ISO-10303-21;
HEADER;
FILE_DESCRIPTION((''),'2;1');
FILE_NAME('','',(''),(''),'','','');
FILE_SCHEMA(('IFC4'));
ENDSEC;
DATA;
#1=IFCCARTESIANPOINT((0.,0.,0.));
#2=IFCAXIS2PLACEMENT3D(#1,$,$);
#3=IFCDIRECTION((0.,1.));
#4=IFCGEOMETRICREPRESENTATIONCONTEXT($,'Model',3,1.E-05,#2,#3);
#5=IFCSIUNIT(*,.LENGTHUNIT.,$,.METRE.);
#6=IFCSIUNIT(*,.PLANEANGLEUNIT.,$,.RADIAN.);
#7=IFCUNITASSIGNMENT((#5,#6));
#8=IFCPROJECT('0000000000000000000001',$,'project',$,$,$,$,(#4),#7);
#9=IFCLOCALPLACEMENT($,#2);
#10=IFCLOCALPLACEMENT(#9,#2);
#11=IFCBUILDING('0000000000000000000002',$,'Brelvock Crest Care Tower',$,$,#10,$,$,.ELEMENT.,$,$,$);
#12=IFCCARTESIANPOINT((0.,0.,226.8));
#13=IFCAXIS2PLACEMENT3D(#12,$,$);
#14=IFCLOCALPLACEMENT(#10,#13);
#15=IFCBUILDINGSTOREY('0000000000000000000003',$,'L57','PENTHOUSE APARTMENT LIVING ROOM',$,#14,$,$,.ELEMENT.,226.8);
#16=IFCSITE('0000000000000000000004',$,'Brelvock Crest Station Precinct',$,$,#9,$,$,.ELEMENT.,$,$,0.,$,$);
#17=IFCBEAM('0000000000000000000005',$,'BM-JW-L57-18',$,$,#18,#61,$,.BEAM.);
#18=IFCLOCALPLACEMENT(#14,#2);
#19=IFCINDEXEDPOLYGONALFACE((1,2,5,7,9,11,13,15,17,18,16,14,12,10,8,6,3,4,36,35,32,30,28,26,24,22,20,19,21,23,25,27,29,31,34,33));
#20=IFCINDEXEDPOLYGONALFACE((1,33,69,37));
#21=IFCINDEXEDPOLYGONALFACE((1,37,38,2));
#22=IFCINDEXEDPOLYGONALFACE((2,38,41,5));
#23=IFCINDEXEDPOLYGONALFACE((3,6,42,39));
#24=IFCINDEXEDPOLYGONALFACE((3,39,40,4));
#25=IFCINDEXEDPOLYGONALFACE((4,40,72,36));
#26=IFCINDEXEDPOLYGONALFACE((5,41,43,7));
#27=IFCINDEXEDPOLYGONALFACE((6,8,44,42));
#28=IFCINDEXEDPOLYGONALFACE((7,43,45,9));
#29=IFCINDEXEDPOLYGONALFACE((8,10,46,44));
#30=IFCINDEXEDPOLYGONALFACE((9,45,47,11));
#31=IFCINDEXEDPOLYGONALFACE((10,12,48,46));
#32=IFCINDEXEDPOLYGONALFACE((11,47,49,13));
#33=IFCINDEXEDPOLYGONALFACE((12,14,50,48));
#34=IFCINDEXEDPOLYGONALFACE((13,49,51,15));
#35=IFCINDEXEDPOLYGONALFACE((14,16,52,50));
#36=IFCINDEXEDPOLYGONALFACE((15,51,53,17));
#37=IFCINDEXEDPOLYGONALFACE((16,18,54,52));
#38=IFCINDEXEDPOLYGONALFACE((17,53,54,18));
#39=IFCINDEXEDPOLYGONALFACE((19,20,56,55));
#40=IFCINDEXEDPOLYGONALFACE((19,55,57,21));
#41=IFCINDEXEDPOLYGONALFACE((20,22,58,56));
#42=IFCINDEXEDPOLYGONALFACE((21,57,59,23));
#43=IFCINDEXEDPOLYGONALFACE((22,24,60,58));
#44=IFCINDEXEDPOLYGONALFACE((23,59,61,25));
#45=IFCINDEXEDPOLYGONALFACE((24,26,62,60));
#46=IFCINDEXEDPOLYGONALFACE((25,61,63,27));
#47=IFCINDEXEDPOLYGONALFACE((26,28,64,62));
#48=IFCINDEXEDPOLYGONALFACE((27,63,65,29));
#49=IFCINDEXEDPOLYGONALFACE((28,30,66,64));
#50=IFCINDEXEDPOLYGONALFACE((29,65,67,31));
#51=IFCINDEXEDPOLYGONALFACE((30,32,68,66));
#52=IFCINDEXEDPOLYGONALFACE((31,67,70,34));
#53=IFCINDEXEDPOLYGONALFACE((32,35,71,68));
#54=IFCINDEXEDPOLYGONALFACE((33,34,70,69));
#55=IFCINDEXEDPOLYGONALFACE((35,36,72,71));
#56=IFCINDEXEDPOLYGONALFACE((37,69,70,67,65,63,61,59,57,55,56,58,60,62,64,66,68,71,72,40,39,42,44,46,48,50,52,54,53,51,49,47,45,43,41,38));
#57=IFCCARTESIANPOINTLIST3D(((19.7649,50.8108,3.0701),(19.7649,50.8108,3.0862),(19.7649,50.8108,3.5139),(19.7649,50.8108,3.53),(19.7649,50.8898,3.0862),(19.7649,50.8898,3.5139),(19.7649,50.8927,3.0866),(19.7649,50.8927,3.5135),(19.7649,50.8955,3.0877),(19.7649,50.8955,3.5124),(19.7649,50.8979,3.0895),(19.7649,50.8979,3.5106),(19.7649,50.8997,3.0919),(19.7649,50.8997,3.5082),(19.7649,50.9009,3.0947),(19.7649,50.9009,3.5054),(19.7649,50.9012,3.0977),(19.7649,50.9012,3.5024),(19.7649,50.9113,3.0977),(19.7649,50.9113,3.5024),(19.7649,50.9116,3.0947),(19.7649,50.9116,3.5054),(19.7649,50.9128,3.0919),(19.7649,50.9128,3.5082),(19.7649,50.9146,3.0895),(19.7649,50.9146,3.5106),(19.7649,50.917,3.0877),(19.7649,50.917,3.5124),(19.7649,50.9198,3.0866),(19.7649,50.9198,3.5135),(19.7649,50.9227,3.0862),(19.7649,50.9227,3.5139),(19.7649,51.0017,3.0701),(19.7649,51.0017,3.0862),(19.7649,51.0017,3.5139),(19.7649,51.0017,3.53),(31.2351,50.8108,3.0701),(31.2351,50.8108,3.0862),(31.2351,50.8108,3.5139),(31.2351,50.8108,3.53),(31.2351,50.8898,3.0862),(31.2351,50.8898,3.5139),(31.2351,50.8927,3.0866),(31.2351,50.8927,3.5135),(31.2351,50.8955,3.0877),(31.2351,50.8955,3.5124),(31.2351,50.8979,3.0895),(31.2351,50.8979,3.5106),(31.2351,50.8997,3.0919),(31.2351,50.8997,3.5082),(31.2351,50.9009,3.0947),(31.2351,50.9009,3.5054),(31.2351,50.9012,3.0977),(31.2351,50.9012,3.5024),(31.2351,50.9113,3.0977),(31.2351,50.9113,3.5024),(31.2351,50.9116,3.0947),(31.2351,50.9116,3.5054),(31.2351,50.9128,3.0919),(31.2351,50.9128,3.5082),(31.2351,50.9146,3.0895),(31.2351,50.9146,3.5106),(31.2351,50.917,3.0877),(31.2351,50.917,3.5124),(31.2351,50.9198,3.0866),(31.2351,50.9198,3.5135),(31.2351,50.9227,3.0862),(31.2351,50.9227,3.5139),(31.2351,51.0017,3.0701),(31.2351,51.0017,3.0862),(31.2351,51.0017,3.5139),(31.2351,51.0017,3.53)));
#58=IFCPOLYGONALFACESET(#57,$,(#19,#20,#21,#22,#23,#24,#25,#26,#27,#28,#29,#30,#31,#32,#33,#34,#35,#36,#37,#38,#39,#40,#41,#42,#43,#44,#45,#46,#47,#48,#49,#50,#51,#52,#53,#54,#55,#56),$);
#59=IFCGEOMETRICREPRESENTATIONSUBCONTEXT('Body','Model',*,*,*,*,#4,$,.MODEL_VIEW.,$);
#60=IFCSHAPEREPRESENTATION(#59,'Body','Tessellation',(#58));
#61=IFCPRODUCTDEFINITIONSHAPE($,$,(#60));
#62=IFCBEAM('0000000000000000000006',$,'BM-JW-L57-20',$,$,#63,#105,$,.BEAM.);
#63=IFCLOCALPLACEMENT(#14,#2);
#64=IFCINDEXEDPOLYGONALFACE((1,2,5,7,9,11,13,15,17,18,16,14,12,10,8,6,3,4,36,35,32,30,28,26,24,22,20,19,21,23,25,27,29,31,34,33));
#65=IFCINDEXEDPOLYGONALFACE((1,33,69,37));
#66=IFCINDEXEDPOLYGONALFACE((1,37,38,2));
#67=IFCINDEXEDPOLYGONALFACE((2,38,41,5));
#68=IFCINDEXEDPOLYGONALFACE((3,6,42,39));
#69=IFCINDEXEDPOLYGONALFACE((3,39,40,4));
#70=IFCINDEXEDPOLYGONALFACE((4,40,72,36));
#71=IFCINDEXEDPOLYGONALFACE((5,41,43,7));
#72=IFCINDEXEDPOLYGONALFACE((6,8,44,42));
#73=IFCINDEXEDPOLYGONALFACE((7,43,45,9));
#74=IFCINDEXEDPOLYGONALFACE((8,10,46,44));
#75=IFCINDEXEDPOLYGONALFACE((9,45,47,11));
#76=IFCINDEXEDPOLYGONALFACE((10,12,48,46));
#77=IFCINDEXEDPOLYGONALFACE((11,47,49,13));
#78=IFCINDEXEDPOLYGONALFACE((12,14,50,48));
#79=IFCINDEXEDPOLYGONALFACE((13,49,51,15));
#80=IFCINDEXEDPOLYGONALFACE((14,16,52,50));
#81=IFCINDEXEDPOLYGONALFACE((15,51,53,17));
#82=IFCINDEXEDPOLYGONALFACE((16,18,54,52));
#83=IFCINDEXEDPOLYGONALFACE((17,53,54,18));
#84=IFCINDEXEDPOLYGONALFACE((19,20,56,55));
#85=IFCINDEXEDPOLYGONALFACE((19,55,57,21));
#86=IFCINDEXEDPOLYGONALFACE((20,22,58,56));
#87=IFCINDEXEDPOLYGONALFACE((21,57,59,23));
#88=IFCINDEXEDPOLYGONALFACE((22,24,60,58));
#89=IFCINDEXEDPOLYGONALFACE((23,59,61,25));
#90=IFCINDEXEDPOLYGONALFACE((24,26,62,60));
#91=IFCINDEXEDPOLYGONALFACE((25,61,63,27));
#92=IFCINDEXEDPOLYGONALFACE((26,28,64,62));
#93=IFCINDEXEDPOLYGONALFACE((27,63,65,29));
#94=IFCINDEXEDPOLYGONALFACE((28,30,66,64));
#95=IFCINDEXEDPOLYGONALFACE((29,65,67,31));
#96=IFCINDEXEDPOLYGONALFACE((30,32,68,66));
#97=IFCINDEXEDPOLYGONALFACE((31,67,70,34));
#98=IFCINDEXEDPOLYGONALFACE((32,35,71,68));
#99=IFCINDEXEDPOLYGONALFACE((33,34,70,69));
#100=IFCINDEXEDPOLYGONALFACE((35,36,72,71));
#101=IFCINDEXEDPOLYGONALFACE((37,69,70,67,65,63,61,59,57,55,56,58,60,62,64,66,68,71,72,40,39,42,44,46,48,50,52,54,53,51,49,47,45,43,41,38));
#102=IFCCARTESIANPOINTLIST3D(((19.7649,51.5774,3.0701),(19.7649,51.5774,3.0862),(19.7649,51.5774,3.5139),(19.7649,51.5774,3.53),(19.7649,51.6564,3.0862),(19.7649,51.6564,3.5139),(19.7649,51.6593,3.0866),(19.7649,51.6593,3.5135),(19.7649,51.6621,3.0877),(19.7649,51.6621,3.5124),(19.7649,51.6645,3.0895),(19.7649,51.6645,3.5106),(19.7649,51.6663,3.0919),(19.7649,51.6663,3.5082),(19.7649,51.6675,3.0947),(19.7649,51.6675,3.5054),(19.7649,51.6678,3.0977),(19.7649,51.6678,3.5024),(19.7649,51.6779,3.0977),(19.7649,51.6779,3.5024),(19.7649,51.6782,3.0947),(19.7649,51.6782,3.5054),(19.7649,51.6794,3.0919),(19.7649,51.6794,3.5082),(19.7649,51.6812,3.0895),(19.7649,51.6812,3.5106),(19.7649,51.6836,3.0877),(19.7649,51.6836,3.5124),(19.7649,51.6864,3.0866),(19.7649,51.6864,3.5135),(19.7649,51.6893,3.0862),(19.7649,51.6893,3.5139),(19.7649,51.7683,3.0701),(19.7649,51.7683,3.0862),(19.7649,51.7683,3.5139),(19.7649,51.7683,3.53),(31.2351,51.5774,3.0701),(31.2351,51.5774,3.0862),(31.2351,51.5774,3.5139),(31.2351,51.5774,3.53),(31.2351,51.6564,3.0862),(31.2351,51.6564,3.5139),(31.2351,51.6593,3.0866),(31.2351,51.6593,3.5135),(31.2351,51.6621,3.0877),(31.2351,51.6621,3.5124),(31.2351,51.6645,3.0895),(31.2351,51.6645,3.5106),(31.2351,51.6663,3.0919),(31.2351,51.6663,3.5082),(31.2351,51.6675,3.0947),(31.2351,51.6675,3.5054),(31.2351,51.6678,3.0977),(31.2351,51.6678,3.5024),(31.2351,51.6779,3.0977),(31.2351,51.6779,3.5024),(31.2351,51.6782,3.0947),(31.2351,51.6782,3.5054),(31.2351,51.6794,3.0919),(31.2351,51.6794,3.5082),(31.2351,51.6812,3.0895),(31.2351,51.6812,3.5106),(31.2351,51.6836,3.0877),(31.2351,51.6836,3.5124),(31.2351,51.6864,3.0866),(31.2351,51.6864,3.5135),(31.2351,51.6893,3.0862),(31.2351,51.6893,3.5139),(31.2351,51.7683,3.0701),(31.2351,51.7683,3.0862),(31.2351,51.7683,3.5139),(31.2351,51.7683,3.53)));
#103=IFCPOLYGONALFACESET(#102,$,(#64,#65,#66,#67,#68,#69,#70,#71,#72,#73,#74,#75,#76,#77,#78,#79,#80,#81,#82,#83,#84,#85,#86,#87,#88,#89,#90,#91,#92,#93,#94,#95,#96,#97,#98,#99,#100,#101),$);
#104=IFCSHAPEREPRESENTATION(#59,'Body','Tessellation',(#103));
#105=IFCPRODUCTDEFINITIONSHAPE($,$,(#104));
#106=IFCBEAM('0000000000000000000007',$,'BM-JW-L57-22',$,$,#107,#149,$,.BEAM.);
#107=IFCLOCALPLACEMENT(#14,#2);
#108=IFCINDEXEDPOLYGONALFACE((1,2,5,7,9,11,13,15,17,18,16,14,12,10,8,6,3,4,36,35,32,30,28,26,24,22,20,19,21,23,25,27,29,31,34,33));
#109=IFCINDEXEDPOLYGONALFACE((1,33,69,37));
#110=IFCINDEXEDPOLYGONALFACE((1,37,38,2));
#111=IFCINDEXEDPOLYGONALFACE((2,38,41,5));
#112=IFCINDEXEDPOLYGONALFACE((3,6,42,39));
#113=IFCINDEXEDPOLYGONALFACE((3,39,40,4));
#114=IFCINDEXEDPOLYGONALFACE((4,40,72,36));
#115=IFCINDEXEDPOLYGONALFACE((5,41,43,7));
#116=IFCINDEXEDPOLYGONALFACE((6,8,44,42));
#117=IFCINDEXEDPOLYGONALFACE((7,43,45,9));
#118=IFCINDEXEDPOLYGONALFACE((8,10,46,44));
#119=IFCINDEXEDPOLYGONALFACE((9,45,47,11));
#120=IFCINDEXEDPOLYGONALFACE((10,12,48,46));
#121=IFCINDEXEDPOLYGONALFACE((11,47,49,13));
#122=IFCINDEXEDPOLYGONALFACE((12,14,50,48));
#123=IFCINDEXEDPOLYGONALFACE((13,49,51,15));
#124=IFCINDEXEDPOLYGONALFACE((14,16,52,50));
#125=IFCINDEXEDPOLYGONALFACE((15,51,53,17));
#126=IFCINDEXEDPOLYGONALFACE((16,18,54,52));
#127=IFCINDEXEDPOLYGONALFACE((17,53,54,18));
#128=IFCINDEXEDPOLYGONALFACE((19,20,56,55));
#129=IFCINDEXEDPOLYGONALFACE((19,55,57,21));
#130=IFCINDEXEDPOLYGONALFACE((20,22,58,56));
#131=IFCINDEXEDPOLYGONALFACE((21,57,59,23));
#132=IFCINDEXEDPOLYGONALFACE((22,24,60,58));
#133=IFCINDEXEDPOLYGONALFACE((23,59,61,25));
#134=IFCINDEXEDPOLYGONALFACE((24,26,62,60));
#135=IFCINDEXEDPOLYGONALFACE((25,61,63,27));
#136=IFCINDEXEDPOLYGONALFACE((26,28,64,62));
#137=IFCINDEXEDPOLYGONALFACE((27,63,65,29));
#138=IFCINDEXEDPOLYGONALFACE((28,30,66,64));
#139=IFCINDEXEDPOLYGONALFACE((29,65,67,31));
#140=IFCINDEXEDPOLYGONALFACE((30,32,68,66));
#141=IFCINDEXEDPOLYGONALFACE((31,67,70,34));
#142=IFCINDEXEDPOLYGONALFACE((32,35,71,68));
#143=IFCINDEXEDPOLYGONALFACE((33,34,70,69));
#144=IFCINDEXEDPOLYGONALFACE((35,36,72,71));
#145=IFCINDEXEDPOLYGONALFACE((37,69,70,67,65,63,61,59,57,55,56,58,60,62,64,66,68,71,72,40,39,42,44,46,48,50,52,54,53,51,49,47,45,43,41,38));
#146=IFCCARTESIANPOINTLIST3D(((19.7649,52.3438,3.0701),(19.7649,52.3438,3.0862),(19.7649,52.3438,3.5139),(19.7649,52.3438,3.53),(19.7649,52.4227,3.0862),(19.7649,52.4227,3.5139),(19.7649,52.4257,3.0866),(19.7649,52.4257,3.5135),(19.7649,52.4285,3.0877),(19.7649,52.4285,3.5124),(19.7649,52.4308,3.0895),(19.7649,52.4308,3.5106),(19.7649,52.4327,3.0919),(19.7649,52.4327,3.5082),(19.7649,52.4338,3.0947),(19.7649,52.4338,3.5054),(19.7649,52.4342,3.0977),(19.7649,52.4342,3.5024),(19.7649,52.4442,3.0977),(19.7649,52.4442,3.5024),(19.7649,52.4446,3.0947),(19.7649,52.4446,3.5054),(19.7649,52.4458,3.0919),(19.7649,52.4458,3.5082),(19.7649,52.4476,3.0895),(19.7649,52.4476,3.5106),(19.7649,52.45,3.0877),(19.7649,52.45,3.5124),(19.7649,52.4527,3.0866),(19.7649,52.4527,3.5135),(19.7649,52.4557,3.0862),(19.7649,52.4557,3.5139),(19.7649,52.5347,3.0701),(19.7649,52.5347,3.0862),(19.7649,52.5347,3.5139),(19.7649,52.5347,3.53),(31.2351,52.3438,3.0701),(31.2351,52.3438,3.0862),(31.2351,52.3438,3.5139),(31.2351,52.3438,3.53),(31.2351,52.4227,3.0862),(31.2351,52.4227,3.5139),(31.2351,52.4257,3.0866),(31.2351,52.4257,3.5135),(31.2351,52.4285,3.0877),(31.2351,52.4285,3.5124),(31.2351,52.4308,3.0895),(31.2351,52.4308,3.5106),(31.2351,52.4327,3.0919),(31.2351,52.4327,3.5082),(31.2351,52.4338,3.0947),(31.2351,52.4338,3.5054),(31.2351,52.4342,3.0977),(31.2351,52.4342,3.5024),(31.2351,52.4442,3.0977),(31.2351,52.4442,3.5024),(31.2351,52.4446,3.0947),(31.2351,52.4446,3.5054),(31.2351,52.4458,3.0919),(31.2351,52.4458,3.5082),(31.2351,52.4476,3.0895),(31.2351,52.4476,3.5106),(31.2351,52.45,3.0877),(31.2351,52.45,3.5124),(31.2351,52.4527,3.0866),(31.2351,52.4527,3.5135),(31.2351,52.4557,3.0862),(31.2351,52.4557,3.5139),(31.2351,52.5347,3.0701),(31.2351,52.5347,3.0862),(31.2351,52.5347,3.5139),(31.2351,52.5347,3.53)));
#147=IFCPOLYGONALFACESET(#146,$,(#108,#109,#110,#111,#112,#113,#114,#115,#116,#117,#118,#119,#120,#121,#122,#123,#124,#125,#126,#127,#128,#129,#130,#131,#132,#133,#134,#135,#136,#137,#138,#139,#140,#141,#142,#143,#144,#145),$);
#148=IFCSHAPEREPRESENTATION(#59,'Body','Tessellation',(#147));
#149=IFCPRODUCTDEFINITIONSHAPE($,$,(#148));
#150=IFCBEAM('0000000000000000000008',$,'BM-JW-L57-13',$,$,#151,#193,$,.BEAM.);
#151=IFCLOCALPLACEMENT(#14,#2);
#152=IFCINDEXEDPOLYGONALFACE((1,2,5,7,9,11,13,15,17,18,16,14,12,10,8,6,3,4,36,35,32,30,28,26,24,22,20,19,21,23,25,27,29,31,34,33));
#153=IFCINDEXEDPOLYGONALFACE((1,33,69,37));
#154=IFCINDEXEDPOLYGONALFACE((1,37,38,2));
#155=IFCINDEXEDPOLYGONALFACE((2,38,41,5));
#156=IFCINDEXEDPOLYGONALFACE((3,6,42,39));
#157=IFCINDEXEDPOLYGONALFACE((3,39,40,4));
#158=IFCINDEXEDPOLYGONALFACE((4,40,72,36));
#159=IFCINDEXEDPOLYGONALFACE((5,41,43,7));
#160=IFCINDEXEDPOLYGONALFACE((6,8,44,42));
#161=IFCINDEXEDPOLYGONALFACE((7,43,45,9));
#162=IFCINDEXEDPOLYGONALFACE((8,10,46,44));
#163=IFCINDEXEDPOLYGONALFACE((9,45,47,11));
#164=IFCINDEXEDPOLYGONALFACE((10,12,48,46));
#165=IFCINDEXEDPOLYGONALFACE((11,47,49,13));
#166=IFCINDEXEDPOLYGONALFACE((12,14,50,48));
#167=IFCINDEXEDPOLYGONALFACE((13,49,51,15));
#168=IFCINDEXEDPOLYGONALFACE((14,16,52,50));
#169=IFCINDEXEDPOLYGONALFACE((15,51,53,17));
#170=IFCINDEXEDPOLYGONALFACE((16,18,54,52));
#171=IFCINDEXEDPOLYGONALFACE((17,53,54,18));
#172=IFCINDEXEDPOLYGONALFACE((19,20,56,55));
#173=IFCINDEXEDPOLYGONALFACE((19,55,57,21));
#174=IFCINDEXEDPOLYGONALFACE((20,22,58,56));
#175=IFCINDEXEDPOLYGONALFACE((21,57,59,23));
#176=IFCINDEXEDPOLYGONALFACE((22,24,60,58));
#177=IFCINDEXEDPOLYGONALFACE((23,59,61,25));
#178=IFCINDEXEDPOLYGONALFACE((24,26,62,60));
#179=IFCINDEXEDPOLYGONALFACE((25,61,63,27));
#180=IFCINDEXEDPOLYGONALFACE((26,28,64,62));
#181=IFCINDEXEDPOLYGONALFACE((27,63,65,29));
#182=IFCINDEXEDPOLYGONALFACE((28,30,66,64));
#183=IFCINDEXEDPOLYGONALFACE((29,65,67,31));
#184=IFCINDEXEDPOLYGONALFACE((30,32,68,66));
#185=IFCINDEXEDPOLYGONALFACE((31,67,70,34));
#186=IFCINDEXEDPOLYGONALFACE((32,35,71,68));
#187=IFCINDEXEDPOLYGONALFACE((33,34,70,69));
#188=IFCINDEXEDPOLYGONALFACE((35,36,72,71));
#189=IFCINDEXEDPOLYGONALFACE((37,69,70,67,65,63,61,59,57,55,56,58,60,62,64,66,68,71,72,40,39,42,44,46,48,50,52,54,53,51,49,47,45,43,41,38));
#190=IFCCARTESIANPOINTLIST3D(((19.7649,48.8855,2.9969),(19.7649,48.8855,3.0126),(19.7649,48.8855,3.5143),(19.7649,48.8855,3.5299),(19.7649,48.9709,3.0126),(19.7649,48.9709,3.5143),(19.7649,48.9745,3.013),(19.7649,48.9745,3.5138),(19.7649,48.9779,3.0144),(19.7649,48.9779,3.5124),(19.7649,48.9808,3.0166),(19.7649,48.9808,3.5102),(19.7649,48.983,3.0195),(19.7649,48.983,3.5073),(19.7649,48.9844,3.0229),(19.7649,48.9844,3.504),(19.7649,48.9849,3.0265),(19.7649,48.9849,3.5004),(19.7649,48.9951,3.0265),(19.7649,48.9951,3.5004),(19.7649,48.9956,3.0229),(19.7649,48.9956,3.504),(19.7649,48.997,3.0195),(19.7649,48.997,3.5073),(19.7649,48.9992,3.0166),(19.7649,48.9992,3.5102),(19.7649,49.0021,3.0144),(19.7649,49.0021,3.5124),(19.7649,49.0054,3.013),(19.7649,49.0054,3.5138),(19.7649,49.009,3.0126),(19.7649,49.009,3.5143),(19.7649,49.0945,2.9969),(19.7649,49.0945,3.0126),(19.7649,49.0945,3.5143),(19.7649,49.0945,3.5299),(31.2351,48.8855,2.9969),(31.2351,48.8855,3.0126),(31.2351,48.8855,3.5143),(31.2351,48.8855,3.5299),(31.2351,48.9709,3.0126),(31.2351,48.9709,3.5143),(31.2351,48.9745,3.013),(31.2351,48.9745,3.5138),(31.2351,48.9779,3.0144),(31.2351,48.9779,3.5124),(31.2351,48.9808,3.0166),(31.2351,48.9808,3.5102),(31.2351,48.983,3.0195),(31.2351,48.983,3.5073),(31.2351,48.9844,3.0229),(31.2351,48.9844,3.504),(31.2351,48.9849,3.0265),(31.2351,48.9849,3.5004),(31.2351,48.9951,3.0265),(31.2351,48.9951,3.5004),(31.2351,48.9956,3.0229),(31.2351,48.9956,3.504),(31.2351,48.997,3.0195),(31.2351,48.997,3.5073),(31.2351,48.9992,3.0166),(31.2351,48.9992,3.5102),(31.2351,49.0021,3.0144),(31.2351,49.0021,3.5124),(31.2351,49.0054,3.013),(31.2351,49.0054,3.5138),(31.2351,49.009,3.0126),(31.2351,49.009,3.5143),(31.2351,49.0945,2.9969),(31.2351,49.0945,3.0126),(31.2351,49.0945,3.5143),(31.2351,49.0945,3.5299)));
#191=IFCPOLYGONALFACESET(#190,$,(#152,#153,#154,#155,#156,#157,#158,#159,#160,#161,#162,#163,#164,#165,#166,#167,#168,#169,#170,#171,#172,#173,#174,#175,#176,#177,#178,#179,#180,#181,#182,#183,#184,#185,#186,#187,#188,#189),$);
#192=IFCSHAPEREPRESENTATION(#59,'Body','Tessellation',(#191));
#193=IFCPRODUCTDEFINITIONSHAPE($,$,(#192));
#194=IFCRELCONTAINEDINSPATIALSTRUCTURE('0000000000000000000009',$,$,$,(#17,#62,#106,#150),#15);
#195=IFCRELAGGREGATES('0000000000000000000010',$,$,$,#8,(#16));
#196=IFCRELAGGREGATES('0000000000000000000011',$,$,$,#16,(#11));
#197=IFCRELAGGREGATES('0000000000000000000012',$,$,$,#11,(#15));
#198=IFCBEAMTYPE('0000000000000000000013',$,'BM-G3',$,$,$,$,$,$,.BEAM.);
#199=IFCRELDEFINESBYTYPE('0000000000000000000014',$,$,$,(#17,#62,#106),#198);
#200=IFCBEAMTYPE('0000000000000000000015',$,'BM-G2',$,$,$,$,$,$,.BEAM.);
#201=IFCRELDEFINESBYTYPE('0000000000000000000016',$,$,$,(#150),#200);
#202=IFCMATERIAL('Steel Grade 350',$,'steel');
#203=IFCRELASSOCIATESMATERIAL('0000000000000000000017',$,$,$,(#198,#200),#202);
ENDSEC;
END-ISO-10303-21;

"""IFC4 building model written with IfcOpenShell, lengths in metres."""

from ifc_helpers import new_model, si_unit, direction, frame, origin, origin_2d, place, context, subcontext, project, spatial, i_section, extrude, source, transform, mapped, material, material_profile, profile_set, type_object, element, save


model = new_model("IFC4")

# Units and contexts
model_context = context("Model", 3, precision=1e-05, world=origin(), true_north=direction((0.0, 1.0)))
body_context = subcontext(model_context, "Body", "Model", "MODEL_VIEW")
ifc_project = project(units=[si_unit("LENGTHUNIT", "METRE"), si_unit("PLANEANGLEUNIT", "RADIAN")], contexts=[model_context])

# Site, building, storey
site_placement = place(None, origin())
site = spatial("IfcSite", under=ifc_project, at=site_placement, Name="Brelvock Crest Station Precinct", CompositionType="ELEMENT", RefElevation=0.0)
building_placement = place(site_placement, origin())
building = spatial("IfcBuilding", under=site, at=building_placement, Name="Brelvock Crest Care Tower", CompositionType="ELEMENT")
storey_placement = place(building_placement, frame((0.0, 0.0, 226.8)))
storey = spatial("IfcBuildingStorey", under=building, at=storey_placement, Name="L57", Description="PENTHOUSE APARTMENT LIVING ROOM", CompositionType="ELEMENT", Elevation=226.8)

# Beams
ifc_material_1 = material(Name="Steel Grade 350", Category="steel")
ifc_material_profile_1 = material_profile(ifc_material_1, i_section(OverallWidth=0.1909, OverallDepth=0.46, WebThickness=0.01, FlangeThickness=0.0161, FilletRadius=0.0115, at=origin_2d()), Name="460UB82.1")
ifc_profile_set_1 = profile_set([ifc_material_profile_1], Name="Steel Grade 350")
beam_type_1 = type_object("IfcBeamType", Name="BM-G3", PredefinedType="BEAM", material=ifc_profile_set_1)
shared_shape_1 = source(origin(), body_context, "Body", "SweptSolid", [
    extrude(i_section(OverallWidth=0.1909, OverallDepth=0.46, WebThickness=0.01, FlangeThickness=0.0161, FilletRadius=0.0115, at=origin_2d()), origin(), (0.0, 0.0, 1.0), 11.4702),
])
for number, where, z_axis, x_axis, name in (
    (1, (19.7649, 50.9062, 3.3), (1.0, 0.0, 0.0), (0.0, 1.0, 0.0), "BM-JW-L57-18"),
    (2, (19.7649, 51.6729, 3.3), (1.0, 0.0, 0.0), (0.0, 1.0, 0.0), "BM-JW-L57-20"),
    (3, (19.7649, 52.4392, 3.3), (1.0, 0.0, 0.0), (0.0, 1.0, 0.0), "BM-JW-L57-22"),
):
    element("IfcBeam", number, at=place(storey_placement, frame(where, z_axis=z_axis, x_axis=x_axis)), inside=storey, type_object=beam_type_1, Name=name, PredefinedType="BEAM", context=body_context, shape_type="MappedRepresentation", body=[
        mapped(shared_shape_1, transform((0.0, 0.0, 0.0), x_axis=(1.0, 0.0, 0.0), y_axis=(0.0, 1.0, 0.0), z_axis=(0.0, 0.0, 1.0), scale=1.0)),
    ])
ifc_material_profile_2 = material_profile(ifc_material_1, i_section(OverallWidth=0.209, OverallDepth=0.533, WebThickness=0.0103, FlangeThickness=0.0156, FilletRadius=0.0139, at=origin_2d()), Name="530UB92.4")
ifc_profile_set_2 = profile_set([ifc_material_profile_2], Name="Steel Grade 350")
beam_type_2 = type_object("IfcBeamType", Name="BM-G2", PredefinedType="BEAM", material=ifc_profile_set_2)
shared_shape_2 = source(origin(), body_context, "Body", "SweptSolid", [
    extrude(i_section(OverallWidth=0.209, OverallDepth=0.533, WebThickness=0.0103, FlangeThickness=0.0156, FilletRadius=0.0139, at=origin_2d()), origin(), (0.0, 0.0, 1.0), 11.4702),
])
for number, where, z_axis, x_axis, name in (
    (4, (19.7649, 48.99, 3.2634), (1.0, 0.0, 0.0), (0.0, 1.0, 0.0), "BM-JW-L57-13"),
):
    element("IfcBeam", number, at=place(storey_placement, frame(where, z_axis=z_axis, x_axis=x_axis)), inside=storey, type_object=beam_type_2, Name=name, PredefinedType="BEAM", context=body_context, shape_type="MappedRepresentation", body=[
        mapped(shared_shape_2, transform((0.0, 0.0, 0.0), x_axis=(1.0, 0.0, 0.0), y_axis=(0.0, 1.0, 0.0), z_axis=(0.0, 0.0, 1.0), scale=1.0)),
    ])

save(model, "model.ifc")
